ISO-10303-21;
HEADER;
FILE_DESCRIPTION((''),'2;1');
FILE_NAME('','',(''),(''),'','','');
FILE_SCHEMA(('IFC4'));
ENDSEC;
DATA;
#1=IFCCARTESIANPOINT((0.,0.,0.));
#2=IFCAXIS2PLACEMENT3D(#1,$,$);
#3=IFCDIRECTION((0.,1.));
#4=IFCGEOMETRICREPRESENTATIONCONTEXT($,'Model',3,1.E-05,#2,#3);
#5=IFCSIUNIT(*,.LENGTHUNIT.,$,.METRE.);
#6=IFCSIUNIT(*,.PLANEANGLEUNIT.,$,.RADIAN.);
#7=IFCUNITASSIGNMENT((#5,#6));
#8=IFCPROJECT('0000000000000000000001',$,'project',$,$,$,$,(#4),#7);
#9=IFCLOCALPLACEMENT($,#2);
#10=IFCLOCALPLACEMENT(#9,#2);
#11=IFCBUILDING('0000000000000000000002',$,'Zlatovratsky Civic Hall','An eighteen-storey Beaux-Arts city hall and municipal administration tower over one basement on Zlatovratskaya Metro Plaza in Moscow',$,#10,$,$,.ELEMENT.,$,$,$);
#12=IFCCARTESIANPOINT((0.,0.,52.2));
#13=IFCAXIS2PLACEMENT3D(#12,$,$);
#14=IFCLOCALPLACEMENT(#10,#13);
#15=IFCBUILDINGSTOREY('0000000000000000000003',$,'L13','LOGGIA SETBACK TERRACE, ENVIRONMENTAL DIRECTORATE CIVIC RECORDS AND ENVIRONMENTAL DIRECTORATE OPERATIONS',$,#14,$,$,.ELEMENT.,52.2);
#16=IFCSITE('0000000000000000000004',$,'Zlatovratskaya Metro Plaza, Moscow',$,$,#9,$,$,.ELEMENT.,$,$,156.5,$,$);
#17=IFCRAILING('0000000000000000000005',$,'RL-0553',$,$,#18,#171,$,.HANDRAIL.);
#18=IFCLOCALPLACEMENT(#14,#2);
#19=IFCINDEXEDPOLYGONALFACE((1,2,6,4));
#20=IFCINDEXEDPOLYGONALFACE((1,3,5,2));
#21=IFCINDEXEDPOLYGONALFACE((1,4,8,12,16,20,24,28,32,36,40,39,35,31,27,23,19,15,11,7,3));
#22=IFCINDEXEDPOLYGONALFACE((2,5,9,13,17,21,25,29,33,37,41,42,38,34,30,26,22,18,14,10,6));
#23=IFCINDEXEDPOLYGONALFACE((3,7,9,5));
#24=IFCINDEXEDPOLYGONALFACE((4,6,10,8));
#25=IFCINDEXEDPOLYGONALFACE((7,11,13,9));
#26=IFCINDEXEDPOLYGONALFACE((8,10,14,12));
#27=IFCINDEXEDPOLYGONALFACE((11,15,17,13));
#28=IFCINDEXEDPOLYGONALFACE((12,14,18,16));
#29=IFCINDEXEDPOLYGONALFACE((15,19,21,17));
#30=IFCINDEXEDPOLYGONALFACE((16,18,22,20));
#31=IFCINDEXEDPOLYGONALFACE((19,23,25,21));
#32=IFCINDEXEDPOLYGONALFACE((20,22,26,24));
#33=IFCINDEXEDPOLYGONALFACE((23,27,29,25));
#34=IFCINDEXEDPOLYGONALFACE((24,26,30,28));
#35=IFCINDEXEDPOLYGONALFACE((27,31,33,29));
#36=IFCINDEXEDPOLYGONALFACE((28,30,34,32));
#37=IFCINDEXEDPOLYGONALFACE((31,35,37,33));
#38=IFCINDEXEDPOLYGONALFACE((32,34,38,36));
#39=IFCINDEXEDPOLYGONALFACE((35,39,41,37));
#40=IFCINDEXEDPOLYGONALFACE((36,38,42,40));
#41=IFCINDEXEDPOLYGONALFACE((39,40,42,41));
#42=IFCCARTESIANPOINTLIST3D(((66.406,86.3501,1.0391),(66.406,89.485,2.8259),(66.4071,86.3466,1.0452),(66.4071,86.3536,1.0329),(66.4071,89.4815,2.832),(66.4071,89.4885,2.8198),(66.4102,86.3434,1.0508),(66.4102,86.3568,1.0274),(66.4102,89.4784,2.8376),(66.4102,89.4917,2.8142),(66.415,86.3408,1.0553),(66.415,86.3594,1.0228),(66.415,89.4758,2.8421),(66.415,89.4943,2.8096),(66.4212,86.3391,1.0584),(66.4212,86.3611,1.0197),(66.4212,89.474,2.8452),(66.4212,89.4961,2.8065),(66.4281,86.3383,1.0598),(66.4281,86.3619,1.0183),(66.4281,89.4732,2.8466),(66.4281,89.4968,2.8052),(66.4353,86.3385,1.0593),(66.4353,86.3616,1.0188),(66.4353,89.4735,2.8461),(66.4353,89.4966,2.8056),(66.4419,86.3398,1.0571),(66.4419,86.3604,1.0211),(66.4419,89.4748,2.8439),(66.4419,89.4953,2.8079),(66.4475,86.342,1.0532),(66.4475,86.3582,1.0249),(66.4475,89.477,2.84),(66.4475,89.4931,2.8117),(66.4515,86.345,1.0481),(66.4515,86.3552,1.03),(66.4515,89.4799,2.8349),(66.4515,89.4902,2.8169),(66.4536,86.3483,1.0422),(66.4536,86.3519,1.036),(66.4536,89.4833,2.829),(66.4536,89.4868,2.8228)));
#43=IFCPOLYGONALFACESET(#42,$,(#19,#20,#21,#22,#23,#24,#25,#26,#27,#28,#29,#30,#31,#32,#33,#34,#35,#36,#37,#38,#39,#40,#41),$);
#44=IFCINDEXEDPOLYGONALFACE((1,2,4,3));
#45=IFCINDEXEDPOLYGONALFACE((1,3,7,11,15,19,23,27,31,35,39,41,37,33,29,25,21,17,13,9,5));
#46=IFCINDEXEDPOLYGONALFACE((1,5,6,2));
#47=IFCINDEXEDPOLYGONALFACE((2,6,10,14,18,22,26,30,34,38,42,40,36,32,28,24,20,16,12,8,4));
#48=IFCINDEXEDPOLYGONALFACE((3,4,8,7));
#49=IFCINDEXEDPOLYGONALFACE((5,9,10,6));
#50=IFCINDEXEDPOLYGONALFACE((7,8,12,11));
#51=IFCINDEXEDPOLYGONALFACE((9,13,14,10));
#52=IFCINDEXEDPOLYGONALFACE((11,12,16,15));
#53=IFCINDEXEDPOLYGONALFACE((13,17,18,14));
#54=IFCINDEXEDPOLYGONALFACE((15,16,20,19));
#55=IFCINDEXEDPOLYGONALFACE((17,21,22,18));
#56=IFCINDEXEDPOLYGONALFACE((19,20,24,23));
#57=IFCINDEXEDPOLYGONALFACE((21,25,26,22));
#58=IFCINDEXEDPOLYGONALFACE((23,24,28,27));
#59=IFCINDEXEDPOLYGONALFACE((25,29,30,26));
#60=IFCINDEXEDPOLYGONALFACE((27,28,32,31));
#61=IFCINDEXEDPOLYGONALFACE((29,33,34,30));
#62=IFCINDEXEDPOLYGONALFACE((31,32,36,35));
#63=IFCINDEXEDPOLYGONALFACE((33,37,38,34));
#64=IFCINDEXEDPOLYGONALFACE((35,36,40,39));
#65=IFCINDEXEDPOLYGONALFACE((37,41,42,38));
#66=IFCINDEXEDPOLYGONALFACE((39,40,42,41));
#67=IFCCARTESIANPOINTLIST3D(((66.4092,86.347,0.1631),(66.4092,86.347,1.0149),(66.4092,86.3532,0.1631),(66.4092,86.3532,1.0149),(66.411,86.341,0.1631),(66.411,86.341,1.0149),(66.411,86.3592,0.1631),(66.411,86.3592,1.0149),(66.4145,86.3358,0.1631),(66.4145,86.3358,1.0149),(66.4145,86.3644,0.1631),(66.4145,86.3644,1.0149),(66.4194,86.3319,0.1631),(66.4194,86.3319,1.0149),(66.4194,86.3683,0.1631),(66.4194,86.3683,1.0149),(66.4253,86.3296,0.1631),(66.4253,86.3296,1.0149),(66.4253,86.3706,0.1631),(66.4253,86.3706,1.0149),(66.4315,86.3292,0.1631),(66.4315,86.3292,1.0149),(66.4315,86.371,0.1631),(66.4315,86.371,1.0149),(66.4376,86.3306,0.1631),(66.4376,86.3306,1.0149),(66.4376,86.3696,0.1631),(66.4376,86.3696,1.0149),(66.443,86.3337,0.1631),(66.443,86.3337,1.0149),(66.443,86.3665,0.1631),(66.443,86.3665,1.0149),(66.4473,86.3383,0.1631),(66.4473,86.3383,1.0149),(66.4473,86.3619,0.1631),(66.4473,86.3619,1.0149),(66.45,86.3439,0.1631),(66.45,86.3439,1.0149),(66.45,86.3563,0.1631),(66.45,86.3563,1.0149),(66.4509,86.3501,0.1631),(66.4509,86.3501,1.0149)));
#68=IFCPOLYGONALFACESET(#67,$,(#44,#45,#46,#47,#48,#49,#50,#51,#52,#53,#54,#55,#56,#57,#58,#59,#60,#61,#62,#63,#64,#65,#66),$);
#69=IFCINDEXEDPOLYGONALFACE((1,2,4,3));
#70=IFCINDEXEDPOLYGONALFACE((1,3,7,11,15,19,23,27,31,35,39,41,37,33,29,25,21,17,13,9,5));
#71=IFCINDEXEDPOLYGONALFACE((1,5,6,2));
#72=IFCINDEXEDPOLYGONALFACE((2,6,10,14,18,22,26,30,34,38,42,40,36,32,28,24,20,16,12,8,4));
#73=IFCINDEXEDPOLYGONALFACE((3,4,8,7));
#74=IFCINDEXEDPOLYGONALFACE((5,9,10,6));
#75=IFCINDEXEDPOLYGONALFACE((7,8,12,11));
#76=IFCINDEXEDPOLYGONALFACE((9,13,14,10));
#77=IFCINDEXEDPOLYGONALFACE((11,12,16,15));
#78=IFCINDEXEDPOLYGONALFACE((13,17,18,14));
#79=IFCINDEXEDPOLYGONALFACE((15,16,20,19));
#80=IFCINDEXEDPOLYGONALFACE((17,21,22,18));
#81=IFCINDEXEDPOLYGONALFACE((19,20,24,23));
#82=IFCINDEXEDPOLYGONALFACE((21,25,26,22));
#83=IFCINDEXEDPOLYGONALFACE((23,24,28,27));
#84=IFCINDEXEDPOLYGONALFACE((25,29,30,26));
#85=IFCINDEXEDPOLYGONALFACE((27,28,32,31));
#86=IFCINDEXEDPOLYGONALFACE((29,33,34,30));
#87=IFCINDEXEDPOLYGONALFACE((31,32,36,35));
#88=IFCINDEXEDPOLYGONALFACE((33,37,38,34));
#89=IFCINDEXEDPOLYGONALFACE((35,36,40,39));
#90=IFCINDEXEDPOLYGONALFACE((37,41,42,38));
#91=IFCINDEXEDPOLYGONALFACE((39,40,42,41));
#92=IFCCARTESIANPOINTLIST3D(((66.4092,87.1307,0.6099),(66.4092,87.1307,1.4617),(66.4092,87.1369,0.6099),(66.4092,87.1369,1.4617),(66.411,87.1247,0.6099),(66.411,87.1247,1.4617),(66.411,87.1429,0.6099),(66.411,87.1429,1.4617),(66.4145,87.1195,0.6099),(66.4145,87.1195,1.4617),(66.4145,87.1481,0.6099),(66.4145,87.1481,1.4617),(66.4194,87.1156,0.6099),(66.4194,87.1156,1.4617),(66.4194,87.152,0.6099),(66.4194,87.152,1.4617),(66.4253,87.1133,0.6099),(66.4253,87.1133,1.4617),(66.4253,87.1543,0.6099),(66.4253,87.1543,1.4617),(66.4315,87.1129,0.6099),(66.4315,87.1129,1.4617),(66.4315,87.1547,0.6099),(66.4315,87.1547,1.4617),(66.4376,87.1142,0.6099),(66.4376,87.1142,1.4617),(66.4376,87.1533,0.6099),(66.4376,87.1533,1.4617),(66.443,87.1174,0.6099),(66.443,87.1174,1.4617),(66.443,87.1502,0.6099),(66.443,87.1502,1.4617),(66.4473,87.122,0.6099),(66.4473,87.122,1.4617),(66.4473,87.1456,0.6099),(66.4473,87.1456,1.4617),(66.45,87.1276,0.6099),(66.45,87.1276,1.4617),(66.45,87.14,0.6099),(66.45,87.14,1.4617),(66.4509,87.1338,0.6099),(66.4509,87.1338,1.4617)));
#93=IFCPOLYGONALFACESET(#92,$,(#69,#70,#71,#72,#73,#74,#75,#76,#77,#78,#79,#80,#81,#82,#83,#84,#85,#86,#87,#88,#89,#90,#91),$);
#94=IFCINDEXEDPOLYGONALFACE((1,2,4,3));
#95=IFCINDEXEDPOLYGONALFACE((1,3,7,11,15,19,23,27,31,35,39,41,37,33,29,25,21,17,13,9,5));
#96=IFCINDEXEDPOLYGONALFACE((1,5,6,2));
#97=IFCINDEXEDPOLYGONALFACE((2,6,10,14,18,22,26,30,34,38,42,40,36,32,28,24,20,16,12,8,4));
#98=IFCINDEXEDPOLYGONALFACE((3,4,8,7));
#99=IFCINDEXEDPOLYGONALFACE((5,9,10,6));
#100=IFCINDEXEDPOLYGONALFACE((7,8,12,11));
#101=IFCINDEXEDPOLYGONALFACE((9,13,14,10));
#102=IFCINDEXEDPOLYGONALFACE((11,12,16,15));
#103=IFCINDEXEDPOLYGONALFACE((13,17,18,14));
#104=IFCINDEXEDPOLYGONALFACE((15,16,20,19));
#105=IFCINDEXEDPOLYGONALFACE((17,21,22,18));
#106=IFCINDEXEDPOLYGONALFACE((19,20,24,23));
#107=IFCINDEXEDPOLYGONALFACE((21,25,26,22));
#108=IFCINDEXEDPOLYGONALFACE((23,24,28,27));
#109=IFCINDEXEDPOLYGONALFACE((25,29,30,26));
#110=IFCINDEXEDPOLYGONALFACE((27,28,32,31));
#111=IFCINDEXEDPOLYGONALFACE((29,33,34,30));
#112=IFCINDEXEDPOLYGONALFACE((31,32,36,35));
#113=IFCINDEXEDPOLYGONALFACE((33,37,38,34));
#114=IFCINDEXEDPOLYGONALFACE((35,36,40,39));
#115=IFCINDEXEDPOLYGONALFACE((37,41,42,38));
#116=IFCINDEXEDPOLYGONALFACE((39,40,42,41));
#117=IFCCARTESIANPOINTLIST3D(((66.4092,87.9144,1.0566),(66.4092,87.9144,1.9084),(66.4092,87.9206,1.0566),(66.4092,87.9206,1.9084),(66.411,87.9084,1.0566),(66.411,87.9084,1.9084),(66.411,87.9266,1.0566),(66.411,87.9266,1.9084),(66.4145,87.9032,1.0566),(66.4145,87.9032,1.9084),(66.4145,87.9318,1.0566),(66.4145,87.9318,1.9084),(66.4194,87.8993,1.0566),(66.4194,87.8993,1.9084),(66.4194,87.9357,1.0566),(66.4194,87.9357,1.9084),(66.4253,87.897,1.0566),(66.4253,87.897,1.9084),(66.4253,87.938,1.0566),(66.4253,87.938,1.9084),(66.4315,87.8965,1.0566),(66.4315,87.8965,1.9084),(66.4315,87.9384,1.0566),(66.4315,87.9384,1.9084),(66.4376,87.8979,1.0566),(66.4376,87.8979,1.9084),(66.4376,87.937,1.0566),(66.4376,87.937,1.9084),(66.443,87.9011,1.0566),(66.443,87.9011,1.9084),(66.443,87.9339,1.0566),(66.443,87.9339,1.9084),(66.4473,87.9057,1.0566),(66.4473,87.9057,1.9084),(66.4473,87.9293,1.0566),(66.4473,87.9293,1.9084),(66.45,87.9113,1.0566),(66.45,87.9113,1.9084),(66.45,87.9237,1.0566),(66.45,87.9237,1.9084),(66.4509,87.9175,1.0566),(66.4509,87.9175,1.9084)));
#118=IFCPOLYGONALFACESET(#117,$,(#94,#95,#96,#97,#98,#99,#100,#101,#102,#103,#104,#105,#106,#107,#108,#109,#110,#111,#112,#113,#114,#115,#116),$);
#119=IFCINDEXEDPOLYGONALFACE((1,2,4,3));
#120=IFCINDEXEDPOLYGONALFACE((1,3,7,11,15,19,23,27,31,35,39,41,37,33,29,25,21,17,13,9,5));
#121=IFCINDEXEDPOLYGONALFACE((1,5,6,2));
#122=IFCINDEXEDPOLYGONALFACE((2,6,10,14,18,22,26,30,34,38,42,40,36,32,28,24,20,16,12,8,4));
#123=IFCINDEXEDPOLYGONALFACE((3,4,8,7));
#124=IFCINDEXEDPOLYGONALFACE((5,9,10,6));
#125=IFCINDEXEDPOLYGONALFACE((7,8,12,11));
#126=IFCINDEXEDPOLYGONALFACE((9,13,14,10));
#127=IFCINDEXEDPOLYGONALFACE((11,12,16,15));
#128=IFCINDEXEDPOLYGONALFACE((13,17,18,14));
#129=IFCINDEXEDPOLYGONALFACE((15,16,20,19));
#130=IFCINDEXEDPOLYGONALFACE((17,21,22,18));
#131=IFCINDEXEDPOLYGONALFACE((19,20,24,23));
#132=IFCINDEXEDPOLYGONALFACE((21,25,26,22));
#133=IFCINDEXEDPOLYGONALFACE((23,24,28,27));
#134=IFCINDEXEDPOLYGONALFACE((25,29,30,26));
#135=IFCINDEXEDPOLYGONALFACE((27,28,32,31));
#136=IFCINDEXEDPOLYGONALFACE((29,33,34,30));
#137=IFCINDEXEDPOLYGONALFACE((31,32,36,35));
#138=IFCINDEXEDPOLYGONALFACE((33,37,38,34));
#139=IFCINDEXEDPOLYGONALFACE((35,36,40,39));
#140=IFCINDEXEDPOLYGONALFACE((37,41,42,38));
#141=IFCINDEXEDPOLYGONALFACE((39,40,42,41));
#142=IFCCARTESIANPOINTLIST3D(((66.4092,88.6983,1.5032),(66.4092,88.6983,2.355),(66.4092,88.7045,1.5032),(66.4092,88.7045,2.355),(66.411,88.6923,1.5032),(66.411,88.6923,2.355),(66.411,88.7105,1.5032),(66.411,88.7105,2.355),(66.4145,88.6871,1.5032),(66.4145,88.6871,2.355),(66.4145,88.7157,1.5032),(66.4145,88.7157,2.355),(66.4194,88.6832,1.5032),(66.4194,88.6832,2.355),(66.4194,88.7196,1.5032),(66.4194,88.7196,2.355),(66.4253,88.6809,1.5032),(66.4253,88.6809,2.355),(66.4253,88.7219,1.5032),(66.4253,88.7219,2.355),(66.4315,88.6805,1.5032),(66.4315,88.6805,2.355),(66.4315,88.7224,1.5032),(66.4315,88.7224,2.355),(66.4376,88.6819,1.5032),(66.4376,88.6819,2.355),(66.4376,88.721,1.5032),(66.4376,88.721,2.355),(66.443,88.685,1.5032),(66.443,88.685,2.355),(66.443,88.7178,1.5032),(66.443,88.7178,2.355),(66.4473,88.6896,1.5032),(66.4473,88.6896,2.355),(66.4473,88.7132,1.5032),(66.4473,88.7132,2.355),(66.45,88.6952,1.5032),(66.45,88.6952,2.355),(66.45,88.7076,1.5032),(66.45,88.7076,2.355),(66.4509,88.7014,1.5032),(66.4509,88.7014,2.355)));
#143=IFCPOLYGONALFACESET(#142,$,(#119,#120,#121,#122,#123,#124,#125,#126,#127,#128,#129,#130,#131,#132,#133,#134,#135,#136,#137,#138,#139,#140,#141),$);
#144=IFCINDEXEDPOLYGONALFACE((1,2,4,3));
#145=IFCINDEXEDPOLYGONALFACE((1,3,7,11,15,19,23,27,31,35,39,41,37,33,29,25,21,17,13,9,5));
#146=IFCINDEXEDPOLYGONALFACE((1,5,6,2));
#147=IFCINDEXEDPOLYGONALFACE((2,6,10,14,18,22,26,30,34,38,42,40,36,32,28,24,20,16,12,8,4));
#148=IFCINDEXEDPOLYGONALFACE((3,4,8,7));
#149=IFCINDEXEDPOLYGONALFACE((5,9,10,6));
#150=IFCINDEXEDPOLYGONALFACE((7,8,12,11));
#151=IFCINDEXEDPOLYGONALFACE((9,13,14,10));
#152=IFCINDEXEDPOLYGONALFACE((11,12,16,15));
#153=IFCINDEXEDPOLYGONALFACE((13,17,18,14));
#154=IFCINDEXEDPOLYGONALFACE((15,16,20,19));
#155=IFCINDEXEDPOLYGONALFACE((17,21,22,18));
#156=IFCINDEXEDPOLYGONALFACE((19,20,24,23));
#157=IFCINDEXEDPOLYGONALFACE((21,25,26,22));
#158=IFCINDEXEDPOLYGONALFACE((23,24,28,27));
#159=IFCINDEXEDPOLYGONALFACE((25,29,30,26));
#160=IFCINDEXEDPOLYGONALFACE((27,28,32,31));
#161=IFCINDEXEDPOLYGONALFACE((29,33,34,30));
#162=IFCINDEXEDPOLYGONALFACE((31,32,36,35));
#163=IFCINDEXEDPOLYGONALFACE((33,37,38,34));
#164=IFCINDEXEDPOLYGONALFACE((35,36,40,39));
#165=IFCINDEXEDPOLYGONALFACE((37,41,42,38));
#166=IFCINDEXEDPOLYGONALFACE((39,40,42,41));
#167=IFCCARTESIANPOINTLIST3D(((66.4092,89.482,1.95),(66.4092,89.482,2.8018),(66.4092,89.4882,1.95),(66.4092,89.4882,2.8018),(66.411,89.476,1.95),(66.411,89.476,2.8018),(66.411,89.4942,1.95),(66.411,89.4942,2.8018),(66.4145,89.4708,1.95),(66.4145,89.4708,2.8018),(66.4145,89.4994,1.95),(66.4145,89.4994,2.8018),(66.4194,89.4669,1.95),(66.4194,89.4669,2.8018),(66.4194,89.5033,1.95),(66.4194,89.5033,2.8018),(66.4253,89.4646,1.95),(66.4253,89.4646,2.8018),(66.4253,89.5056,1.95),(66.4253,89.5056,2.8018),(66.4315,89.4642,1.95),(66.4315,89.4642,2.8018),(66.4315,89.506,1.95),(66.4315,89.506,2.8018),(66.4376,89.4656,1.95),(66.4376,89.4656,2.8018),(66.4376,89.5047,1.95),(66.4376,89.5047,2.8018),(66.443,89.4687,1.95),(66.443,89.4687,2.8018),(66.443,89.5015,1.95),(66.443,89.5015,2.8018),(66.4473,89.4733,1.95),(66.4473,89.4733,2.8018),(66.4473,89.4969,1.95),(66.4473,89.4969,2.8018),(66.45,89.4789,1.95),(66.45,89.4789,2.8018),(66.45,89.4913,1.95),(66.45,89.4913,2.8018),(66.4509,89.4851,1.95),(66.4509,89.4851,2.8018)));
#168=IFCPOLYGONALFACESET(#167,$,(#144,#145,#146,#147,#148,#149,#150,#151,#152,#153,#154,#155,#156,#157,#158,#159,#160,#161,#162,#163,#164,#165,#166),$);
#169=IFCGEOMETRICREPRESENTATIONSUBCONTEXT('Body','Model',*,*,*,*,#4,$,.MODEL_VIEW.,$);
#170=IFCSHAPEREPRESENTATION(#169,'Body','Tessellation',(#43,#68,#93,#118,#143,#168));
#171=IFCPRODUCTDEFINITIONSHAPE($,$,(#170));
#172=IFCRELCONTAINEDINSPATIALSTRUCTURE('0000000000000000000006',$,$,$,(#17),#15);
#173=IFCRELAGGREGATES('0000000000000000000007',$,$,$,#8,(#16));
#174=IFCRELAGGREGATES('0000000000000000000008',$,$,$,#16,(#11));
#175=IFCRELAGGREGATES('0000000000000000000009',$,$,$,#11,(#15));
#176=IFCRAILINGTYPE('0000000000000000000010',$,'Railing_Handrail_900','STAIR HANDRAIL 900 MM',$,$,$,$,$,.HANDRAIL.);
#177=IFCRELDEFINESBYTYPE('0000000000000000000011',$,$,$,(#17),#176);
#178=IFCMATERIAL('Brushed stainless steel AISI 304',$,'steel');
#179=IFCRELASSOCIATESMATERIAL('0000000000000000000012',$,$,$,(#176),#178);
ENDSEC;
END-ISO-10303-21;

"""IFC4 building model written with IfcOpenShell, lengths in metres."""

from ifc_helpers import new_model, si_unit, direction, frame, origin, origin_2d, place, context, subcontext, project, spatial, circle, extrude, material, type_object, element, save


model = new_model("IFC4")

# Units and contexts
model_context = context("Model", 3, precision=1e-05, world=origin(), true_north=direction((0.0, 1.0)))
body_context = subcontext(model_context, "Body", "Model", "MODEL_VIEW")
ifc_project = project(units=[si_unit("LENGTHUNIT", "METRE"), si_unit("PLANEANGLEUNIT", "RADIAN")], contexts=[model_context])

# Site, building, storey
site_placement = place(None, origin())
site = spatial("IfcSite", under=ifc_project, at=site_placement, Name="Zlatovratskaya Metro Plaza, Moscow", CompositionType="ELEMENT", RefElevation=156.5)
building_placement = place(site_placement, origin())
building = spatial("IfcBuilding", under=site, at=building_placement, Name="Zlatovratsky Civic Hall", Description="An eighteen-storey Beaux-Arts city hall and municipal administration tower over one basement on Zlatovratskaya Metro Plaza in Moscow", CompositionType="ELEMENT")
storey_placement = place(building_placement, frame((0.0, 0.0, 52.2)))
storey = spatial("IfcBuildingStorey", under=building, at=storey_placement, Name="L13", Description="LOGGIA SETBACK TERRACE, ENVIRONMENTAL DIRECTORATE CIVIC RECORDS AND ENVIRONMENTAL DIRECTORATE OPERATIONS", CompositionType="ELEMENT", Elevation=52.2)

# Railing
ifc_material_1 = material(Name="Brushed stainless steel AISI 304", Category="steel")
railing_type_1 = type_object("IfcRailingType", Name="Railing_Handrail_900", Description="STAIR HANDRAIL 900 MM", PredefinedType="HANDRAIL", material=ifc_material_1)
railing_1_placement = place(storey_placement, frame((66.4299, 86.3501, 0.1631)))
element("IfcRailing", 1, at=railing_1_placement, inside=storey, type_object=railing_type_1, Name="RL-0553", PredefinedType="HANDRAIL", context=body_context, shape_type="SweptSolid", body=[
    extrude(circle(Radius=0.0239, at=origin_2d()), frame((0.0, 0.0, 0.876), z_axis=(0.0, 0.868788, 0.495184), x_axis=(-1.0, 0.0, 0.0)), (0.0, 0.0, 1.0), 3.6084),
    extrude(circle(Radius=0.021, at=origin_2d()), origin(), (0.0, 0.0, 1.0), 0.8518),
    extrude(circle(Radius=0.021, at=origin_2d()), frame((0.0, 0.7837, 0.4468)), (0.0, 0.0, 1.0), 0.8518),
    extrude(circle(Radius=0.021, at=origin_2d()), frame((0.0, 1.5674, 0.8936)), (0.0, 0.0, 1.0), 0.8518),
    extrude(circle(Radius=0.021, at=origin_2d()), frame((0.0, 2.3513, 1.3401)), (0.0, 0.0, 1.0), 0.8518),
    extrude(circle(Radius=0.021, at=origin_2d()), frame((0.0, 3.135, 1.7869)), (0.0, 0.0, 1.0), 0.8518),
])

save(model, "model.ifc")
